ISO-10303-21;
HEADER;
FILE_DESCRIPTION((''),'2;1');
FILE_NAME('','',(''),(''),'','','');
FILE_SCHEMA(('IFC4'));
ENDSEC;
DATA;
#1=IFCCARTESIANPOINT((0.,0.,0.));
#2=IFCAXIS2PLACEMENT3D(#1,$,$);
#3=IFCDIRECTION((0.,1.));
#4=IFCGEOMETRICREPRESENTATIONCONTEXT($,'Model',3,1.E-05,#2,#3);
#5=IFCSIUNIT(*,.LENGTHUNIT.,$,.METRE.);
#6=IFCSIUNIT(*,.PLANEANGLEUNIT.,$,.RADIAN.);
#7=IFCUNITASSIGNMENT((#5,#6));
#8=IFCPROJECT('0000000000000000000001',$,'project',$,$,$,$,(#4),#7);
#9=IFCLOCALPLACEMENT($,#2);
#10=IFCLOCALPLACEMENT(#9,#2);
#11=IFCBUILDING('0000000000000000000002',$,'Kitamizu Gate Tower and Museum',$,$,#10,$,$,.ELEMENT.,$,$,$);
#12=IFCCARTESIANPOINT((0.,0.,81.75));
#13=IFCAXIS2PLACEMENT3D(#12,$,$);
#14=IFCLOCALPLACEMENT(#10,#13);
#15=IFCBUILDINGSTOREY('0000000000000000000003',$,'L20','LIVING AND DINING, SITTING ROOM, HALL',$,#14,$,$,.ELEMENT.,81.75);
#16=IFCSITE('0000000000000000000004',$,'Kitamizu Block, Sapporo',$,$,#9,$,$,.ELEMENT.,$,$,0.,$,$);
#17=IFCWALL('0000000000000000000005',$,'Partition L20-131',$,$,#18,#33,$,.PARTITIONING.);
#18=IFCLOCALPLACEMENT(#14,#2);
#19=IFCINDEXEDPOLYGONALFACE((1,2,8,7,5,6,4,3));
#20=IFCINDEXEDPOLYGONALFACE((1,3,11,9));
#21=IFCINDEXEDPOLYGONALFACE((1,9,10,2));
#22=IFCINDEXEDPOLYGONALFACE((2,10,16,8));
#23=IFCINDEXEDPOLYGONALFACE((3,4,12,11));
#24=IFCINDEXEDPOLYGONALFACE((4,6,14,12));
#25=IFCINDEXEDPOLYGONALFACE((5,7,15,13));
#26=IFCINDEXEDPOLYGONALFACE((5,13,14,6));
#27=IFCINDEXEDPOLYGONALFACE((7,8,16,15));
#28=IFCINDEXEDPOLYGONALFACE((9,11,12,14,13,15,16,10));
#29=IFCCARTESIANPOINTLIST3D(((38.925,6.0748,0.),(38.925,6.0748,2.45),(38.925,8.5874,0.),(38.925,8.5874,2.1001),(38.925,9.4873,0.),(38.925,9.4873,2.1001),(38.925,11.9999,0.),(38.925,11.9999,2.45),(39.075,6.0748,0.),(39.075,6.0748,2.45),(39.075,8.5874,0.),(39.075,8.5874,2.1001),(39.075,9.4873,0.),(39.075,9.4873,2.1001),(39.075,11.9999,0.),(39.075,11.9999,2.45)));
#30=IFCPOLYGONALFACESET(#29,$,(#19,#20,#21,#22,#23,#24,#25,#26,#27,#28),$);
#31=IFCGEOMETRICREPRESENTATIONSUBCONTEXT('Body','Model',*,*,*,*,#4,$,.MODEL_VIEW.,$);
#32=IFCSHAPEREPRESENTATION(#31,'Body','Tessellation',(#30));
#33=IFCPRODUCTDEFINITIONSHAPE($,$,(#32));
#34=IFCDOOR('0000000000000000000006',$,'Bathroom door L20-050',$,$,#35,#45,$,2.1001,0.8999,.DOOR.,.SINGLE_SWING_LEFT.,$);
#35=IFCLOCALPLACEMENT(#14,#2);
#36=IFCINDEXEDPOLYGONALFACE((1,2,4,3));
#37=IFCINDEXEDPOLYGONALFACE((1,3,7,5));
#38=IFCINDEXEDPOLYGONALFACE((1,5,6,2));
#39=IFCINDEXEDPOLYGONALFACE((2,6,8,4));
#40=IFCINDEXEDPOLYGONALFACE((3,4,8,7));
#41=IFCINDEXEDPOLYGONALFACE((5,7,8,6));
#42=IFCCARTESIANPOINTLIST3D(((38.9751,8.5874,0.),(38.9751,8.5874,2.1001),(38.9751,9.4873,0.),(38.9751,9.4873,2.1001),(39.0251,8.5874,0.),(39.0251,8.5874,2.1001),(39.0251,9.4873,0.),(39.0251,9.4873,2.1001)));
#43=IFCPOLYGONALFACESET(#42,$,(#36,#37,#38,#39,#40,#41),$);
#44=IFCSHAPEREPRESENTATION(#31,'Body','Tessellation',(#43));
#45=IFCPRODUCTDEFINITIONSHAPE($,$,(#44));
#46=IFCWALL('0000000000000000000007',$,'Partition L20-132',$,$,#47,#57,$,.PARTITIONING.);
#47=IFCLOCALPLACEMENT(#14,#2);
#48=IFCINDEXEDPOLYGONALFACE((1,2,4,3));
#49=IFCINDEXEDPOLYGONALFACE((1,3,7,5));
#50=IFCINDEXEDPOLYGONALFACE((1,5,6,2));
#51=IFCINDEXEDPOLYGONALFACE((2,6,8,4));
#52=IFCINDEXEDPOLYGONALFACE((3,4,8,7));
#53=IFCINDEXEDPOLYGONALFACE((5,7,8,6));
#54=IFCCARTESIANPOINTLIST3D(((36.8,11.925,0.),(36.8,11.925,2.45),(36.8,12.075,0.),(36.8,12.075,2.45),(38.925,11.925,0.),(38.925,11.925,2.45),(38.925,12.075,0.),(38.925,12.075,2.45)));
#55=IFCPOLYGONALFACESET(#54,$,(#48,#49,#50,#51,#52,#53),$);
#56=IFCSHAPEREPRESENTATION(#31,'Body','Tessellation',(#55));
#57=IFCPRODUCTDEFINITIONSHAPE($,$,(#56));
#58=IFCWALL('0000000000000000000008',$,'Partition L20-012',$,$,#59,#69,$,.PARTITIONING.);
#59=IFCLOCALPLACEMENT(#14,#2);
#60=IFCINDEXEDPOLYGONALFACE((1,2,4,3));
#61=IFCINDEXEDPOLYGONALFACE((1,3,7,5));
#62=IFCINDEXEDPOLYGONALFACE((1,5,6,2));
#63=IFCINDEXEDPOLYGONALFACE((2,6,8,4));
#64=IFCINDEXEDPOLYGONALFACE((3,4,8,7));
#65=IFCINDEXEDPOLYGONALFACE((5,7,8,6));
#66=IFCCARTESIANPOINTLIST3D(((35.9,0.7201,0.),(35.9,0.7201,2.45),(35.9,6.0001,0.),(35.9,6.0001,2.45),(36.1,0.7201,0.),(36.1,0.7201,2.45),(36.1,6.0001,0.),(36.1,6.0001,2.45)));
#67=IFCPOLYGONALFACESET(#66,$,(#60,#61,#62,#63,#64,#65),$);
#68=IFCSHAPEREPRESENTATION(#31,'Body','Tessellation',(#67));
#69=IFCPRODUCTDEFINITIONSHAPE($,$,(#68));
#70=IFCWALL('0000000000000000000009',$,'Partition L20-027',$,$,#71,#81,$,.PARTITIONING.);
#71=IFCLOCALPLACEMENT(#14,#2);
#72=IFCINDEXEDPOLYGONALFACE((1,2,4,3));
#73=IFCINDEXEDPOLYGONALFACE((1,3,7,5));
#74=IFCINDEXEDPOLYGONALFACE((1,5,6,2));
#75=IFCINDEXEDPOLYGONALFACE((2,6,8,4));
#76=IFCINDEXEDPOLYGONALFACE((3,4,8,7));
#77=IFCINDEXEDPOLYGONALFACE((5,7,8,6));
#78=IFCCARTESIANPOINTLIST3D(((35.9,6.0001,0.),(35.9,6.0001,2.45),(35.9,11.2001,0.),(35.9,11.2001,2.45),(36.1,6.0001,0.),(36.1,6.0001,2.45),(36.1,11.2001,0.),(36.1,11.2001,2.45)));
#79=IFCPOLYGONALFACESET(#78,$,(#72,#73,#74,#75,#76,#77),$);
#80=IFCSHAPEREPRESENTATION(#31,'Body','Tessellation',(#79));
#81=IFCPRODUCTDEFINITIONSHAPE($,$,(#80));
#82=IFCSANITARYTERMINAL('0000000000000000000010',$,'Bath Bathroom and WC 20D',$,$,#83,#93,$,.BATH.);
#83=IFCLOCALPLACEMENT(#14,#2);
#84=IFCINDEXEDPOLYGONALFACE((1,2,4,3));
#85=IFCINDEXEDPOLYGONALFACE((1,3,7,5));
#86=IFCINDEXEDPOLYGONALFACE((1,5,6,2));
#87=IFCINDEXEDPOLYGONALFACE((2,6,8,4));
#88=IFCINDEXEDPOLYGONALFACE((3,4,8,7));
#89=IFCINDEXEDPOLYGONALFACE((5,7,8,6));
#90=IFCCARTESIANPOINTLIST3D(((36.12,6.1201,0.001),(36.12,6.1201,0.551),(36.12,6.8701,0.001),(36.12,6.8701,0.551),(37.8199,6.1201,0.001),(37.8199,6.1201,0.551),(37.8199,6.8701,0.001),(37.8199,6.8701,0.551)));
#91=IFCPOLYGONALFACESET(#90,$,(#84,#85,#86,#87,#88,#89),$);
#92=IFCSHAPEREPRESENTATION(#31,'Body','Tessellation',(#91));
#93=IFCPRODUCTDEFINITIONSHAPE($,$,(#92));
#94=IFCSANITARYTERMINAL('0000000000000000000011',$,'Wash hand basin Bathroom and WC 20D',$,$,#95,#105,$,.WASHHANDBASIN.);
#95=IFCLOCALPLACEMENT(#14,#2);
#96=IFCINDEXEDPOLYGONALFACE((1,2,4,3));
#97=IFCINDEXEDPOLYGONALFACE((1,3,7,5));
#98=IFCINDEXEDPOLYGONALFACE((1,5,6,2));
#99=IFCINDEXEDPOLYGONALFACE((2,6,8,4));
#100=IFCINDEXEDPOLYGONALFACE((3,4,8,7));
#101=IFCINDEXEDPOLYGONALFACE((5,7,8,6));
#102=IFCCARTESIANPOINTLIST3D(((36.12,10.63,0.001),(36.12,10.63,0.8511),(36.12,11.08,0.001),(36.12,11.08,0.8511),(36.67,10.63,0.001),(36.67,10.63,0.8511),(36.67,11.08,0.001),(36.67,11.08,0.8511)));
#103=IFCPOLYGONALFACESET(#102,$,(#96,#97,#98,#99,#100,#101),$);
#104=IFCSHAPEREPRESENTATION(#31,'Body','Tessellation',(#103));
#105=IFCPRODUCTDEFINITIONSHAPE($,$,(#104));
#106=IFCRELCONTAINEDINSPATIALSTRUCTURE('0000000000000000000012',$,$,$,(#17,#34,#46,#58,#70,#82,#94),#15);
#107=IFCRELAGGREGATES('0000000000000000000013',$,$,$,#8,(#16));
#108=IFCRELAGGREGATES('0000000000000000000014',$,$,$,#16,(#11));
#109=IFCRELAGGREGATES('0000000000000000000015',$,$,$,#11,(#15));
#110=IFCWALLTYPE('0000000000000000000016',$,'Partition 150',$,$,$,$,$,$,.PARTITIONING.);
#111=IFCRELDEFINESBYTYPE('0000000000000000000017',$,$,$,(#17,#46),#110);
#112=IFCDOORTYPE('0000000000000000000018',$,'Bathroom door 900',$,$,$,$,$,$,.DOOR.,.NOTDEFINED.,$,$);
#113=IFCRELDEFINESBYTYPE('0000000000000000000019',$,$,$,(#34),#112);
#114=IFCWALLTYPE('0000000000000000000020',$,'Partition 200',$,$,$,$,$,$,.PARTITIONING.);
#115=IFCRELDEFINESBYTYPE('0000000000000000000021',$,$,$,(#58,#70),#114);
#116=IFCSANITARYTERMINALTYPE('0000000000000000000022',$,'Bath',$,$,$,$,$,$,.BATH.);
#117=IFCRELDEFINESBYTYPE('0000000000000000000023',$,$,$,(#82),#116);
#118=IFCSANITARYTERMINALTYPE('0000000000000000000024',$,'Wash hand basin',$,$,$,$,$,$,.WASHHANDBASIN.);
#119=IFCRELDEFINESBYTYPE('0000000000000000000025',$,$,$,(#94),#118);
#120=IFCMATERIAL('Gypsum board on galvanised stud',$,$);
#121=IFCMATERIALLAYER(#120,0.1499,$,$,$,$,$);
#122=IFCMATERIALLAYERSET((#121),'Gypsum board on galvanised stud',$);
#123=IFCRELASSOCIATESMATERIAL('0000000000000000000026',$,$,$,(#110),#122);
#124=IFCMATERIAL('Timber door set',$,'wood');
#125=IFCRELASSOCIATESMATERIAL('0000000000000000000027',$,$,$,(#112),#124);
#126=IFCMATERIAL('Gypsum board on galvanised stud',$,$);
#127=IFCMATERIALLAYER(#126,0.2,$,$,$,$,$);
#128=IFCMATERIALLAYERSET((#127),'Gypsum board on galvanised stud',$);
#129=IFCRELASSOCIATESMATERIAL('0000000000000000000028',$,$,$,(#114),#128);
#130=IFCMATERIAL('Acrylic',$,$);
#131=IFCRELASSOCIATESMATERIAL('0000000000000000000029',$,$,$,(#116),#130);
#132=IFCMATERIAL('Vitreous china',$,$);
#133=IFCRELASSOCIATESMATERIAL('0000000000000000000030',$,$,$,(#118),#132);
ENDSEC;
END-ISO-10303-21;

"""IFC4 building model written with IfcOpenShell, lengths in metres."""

from ifc_helpers import new_model, si_unit, direction, frame, frame_2d, origin, origin_2d, place, context, subcontext, project, spatial, rectangle, extrude, material, layer, layer_set, type_object, element, fill, save


model = new_model("IFC4")

# Units and contexts
model_context = context("Model", 3, precision=1e-05, world=origin(), true_north=direction((0.0, 1.0)))
body_context = subcontext(model_context, "Body", "Model", "MODEL_VIEW")
ifc_project = project(units=[si_unit("LENGTHUNIT", "METRE"), si_unit("PLANEANGLEUNIT", "RADIAN")], contexts=[model_context])

# Site, building, storey
site_placement = place(None, origin())
site = spatial("IfcSite", under=ifc_project, at=site_placement, Name="Kitamizu Block, Sapporo", CompositionType="ELEMENT", RefElevation=0.0)
building_placement = place(site_placement, origin())
building = spatial("IfcBuilding", under=site, at=building_placement, Name="Kitamizu Gate Tower and Museum", CompositionType="ELEMENT")
storey_placement = place(building_placement, frame((0.0, 0.0, 81.75)))
storey = spatial("IfcBuildingStorey", under=building, at=storey_placement, Name="L20", Description="LIVING AND DINING, SITTING ROOM, HALL", CompositionType="ELEMENT", Elevation=81.75)

# Shared definitions
ifc_material_1 = material(Name="Gypsum board on galvanised stud")
ifc_layer_1 = layer(ifc_material_1, 0.1499)
ifc_layer_set_1 = layer_set([ifc_layer_1], Name="Gypsum board on galvanised stud")
wall_type_1 = type_object("IfcWallType", Name="Partition 150", PredefinedType="PARTITIONING", material=ifc_layer_set_1)

# Wall, opening, door
wall_1_placement = place(storey_placement, frame((39.0, 6.075, 0.0), z_axis=(0.0, 0.0, 1.0), x_axis=(0.0, 1.0, 0.0)))
wall_1 = element("IfcWall", 1, at=wall_1_placement, inside=storey, type_object=wall_type_1, Name="Partition L20-131", PredefinedType="PARTITIONING", context=body_context, shape_type="SweptSolid", body=[
    extrude(rectangle(XDim=5.925, YDim=0.1499, at=frame_2d((2.9624, 0.0))), origin(), (0.0, 0.0, 1.0), 2.45),
])
opening_1_placement = place(wall_1_placement, frame((2.5125, 0.0, 0.0)))
opening_1 = element("IfcOpeningElement", 2, at=opening_1_placement, cuts=wall_1, PredefinedType="OPENING", context=body_context, shape_type="SweptSolid", body=[
    extrude(rectangle(XDim=0.8999, YDim=2.1001, at=frame_2d((0.45, 1.05))), frame((0.0, 0.085, 0.0), z_axis=(0.0, -1.0, 0.0), x_axis=(1.0, 0.0, 0.0)), (0.0, 0.0, 1.0), 0.1699),
])
ifc_material_2 = material(Name="Timber door set", Category="wood")
door_type_1 = type_object("IfcDoorType", Name="Bathroom door 900", OperationType="NOTDEFINED", PredefinedType="DOOR", material=ifc_material_2)
door_1_placement = place(opening_1_placement, origin())
door_1 = element("IfcDoor", 3, at=door_1_placement, inside=storey, type_object=door_type_1, Name="Bathroom door L20-050", OperationType="SINGLE_SWING_LEFT", OverallHeight=2.1001, OverallWidth=0.8999, PredefinedType="DOOR", context=body_context, shape_type="SweptSolid", body=[
    extrude(rectangle(XDim=0.8999, YDim=2.1001, at=frame_2d((0.45, 1.05))), frame((0.0, 0.0249, 0.0), z_axis=(0.0, -1.0, 0.0), x_axis=(1.0, 0.0, 0.0)), (0.0, 0.0, 1.0), 0.05),
])
fill(opening_1, door_1)

# Walls
wall_2_placement = place(storey_placement, frame((38.925, 12.0, 0.0), z_axis=(0.0, 0.0, 1.0), x_axis=(-1.0, 0.0, 0.0)))
element("IfcWall", 4, at=wall_2_placement, inside=storey, type_object=wall_type_1, Name="Partition L20-132", PredefinedType="PARTITIONING", context=body_context, shape_type="SweptSolid", body=[
    extrude(rectangle(XDim=2.125, YDim=0.1499, at=frame_2d((1.0625, 0.0))), origin(), (0.0, 0.0, 1.0), 2.45),
])
ifc_material_3 = material(Name="Gypsum board on galvanised stud")
ifc_layer_2 = layer(ifc_material_3, 0.2)
ifc_layer_set_2 = layer_set([ifc_layer_2], Name="Gypsum board on galvanised stud")
wall_type_2 = type_object("IfcWallType", Name="Partition 200", PredefinedType="PARTITIONING", material=ifc_layer_set_2)
wall_3_placement = place(storey_placement, frame((36.0, 0.72, 0.0), z_axis=(0.0, 0.0, 1.0), x_axis=(0.0, 1.0, 0.0)))
element("IfcWall", 5, at=wall_3_placement, inside=storey, type_object=wall_type_2, Name="Partition L20-012", PredefinedType="PARTITIONING", context=body_context, shape_type="SweptSolid", body=[
    extrude(rectangle(XDim=5.28, YDim=0.2, at=frame_2d((2.6401, 0.0))), origin(), (0.0, 0.0, 1.0), 2.45),
])
wall_4_placement = place(storey_placement, frame((36.0, 6.0, 0.0), z_axis=(0.0, 0.0, 1.0), x_axis=(0.0, 1.0, 0.0)))
element("IfcWall", 6, at=wall_4_placement, inside=storey, type_object=wall_type_2, Name="Partition L20-027", PredefinedType="PARTITIONING", context=body_context, shape_type="SweptSolid", body=[
    extrude(rectangle(XDim=5.2, YDim=0.2, at=frame_2d((2.6001, 0.0))), origin(), (0.0, 0.0, 1.0), 2.45),
])

# Sanitary terminals
ifc_material_4 = material(Name="Acrylic")
sanitary_terminal_type_1 = type_object("IfcSanitaryTerminalType", Name="Bath", PredefinedType="BATH", material=ifc_material_4)
sanitary_terminal_1_placement = place(storey_placement, frame((36.97, 6.4951, 0.001), z_axis=(0.0, 0.0, 1.0), x_axis=(1.0, 0.0, 0.0)))
element("IfcSanitaryTerminal", 7, at=sanitary_terminal_1_placement, inside=storey, type_object=sanitary_terminal_type_1, Name="Bath Bathroom and WC 20D", PredefinedType="BATH", context=body_context, shape_type="SweptSolid", body=[
    extrude(rectangle(XDim=1.7, YDim=0.75, at=origin_2d()), origin(), (0.0, 0.0, 1.0), 0.55),
])
ifc_material_5 = material(Name="Vitreous china")
sanitary_terminal_type_2 = type_object("IfcSanitaryTerminalType", Name="Wash hand basin", PredefinedType="WASHHANDBASIN", material=ifc_material_5)
sanitary_terminal_2_placement = place(storey_placement, frame((36.395, 10.855, 0.001), z_axis=(0.0, 0.0, 1.0), x_axis=(1.0, 0.0, 0.0)))
element("IfcSanitaryTerminal", 8, at=sanitary_terminal_2_placement, inside=storey, type_object=sanitary_terminal_type_2, Name="Wash hand basin Bathroom and WC 20D", PredefinedType="WASHHANDBASIN", context=body_context, shape_type="SweptSolid", body=[
    extrude(rectangle(XDim=0.55, YDim=0.45, at=origin_2d()), origin(), (0.0, 0.0, 1.0), 0.8501),
])

save(model, "model.ifc")
